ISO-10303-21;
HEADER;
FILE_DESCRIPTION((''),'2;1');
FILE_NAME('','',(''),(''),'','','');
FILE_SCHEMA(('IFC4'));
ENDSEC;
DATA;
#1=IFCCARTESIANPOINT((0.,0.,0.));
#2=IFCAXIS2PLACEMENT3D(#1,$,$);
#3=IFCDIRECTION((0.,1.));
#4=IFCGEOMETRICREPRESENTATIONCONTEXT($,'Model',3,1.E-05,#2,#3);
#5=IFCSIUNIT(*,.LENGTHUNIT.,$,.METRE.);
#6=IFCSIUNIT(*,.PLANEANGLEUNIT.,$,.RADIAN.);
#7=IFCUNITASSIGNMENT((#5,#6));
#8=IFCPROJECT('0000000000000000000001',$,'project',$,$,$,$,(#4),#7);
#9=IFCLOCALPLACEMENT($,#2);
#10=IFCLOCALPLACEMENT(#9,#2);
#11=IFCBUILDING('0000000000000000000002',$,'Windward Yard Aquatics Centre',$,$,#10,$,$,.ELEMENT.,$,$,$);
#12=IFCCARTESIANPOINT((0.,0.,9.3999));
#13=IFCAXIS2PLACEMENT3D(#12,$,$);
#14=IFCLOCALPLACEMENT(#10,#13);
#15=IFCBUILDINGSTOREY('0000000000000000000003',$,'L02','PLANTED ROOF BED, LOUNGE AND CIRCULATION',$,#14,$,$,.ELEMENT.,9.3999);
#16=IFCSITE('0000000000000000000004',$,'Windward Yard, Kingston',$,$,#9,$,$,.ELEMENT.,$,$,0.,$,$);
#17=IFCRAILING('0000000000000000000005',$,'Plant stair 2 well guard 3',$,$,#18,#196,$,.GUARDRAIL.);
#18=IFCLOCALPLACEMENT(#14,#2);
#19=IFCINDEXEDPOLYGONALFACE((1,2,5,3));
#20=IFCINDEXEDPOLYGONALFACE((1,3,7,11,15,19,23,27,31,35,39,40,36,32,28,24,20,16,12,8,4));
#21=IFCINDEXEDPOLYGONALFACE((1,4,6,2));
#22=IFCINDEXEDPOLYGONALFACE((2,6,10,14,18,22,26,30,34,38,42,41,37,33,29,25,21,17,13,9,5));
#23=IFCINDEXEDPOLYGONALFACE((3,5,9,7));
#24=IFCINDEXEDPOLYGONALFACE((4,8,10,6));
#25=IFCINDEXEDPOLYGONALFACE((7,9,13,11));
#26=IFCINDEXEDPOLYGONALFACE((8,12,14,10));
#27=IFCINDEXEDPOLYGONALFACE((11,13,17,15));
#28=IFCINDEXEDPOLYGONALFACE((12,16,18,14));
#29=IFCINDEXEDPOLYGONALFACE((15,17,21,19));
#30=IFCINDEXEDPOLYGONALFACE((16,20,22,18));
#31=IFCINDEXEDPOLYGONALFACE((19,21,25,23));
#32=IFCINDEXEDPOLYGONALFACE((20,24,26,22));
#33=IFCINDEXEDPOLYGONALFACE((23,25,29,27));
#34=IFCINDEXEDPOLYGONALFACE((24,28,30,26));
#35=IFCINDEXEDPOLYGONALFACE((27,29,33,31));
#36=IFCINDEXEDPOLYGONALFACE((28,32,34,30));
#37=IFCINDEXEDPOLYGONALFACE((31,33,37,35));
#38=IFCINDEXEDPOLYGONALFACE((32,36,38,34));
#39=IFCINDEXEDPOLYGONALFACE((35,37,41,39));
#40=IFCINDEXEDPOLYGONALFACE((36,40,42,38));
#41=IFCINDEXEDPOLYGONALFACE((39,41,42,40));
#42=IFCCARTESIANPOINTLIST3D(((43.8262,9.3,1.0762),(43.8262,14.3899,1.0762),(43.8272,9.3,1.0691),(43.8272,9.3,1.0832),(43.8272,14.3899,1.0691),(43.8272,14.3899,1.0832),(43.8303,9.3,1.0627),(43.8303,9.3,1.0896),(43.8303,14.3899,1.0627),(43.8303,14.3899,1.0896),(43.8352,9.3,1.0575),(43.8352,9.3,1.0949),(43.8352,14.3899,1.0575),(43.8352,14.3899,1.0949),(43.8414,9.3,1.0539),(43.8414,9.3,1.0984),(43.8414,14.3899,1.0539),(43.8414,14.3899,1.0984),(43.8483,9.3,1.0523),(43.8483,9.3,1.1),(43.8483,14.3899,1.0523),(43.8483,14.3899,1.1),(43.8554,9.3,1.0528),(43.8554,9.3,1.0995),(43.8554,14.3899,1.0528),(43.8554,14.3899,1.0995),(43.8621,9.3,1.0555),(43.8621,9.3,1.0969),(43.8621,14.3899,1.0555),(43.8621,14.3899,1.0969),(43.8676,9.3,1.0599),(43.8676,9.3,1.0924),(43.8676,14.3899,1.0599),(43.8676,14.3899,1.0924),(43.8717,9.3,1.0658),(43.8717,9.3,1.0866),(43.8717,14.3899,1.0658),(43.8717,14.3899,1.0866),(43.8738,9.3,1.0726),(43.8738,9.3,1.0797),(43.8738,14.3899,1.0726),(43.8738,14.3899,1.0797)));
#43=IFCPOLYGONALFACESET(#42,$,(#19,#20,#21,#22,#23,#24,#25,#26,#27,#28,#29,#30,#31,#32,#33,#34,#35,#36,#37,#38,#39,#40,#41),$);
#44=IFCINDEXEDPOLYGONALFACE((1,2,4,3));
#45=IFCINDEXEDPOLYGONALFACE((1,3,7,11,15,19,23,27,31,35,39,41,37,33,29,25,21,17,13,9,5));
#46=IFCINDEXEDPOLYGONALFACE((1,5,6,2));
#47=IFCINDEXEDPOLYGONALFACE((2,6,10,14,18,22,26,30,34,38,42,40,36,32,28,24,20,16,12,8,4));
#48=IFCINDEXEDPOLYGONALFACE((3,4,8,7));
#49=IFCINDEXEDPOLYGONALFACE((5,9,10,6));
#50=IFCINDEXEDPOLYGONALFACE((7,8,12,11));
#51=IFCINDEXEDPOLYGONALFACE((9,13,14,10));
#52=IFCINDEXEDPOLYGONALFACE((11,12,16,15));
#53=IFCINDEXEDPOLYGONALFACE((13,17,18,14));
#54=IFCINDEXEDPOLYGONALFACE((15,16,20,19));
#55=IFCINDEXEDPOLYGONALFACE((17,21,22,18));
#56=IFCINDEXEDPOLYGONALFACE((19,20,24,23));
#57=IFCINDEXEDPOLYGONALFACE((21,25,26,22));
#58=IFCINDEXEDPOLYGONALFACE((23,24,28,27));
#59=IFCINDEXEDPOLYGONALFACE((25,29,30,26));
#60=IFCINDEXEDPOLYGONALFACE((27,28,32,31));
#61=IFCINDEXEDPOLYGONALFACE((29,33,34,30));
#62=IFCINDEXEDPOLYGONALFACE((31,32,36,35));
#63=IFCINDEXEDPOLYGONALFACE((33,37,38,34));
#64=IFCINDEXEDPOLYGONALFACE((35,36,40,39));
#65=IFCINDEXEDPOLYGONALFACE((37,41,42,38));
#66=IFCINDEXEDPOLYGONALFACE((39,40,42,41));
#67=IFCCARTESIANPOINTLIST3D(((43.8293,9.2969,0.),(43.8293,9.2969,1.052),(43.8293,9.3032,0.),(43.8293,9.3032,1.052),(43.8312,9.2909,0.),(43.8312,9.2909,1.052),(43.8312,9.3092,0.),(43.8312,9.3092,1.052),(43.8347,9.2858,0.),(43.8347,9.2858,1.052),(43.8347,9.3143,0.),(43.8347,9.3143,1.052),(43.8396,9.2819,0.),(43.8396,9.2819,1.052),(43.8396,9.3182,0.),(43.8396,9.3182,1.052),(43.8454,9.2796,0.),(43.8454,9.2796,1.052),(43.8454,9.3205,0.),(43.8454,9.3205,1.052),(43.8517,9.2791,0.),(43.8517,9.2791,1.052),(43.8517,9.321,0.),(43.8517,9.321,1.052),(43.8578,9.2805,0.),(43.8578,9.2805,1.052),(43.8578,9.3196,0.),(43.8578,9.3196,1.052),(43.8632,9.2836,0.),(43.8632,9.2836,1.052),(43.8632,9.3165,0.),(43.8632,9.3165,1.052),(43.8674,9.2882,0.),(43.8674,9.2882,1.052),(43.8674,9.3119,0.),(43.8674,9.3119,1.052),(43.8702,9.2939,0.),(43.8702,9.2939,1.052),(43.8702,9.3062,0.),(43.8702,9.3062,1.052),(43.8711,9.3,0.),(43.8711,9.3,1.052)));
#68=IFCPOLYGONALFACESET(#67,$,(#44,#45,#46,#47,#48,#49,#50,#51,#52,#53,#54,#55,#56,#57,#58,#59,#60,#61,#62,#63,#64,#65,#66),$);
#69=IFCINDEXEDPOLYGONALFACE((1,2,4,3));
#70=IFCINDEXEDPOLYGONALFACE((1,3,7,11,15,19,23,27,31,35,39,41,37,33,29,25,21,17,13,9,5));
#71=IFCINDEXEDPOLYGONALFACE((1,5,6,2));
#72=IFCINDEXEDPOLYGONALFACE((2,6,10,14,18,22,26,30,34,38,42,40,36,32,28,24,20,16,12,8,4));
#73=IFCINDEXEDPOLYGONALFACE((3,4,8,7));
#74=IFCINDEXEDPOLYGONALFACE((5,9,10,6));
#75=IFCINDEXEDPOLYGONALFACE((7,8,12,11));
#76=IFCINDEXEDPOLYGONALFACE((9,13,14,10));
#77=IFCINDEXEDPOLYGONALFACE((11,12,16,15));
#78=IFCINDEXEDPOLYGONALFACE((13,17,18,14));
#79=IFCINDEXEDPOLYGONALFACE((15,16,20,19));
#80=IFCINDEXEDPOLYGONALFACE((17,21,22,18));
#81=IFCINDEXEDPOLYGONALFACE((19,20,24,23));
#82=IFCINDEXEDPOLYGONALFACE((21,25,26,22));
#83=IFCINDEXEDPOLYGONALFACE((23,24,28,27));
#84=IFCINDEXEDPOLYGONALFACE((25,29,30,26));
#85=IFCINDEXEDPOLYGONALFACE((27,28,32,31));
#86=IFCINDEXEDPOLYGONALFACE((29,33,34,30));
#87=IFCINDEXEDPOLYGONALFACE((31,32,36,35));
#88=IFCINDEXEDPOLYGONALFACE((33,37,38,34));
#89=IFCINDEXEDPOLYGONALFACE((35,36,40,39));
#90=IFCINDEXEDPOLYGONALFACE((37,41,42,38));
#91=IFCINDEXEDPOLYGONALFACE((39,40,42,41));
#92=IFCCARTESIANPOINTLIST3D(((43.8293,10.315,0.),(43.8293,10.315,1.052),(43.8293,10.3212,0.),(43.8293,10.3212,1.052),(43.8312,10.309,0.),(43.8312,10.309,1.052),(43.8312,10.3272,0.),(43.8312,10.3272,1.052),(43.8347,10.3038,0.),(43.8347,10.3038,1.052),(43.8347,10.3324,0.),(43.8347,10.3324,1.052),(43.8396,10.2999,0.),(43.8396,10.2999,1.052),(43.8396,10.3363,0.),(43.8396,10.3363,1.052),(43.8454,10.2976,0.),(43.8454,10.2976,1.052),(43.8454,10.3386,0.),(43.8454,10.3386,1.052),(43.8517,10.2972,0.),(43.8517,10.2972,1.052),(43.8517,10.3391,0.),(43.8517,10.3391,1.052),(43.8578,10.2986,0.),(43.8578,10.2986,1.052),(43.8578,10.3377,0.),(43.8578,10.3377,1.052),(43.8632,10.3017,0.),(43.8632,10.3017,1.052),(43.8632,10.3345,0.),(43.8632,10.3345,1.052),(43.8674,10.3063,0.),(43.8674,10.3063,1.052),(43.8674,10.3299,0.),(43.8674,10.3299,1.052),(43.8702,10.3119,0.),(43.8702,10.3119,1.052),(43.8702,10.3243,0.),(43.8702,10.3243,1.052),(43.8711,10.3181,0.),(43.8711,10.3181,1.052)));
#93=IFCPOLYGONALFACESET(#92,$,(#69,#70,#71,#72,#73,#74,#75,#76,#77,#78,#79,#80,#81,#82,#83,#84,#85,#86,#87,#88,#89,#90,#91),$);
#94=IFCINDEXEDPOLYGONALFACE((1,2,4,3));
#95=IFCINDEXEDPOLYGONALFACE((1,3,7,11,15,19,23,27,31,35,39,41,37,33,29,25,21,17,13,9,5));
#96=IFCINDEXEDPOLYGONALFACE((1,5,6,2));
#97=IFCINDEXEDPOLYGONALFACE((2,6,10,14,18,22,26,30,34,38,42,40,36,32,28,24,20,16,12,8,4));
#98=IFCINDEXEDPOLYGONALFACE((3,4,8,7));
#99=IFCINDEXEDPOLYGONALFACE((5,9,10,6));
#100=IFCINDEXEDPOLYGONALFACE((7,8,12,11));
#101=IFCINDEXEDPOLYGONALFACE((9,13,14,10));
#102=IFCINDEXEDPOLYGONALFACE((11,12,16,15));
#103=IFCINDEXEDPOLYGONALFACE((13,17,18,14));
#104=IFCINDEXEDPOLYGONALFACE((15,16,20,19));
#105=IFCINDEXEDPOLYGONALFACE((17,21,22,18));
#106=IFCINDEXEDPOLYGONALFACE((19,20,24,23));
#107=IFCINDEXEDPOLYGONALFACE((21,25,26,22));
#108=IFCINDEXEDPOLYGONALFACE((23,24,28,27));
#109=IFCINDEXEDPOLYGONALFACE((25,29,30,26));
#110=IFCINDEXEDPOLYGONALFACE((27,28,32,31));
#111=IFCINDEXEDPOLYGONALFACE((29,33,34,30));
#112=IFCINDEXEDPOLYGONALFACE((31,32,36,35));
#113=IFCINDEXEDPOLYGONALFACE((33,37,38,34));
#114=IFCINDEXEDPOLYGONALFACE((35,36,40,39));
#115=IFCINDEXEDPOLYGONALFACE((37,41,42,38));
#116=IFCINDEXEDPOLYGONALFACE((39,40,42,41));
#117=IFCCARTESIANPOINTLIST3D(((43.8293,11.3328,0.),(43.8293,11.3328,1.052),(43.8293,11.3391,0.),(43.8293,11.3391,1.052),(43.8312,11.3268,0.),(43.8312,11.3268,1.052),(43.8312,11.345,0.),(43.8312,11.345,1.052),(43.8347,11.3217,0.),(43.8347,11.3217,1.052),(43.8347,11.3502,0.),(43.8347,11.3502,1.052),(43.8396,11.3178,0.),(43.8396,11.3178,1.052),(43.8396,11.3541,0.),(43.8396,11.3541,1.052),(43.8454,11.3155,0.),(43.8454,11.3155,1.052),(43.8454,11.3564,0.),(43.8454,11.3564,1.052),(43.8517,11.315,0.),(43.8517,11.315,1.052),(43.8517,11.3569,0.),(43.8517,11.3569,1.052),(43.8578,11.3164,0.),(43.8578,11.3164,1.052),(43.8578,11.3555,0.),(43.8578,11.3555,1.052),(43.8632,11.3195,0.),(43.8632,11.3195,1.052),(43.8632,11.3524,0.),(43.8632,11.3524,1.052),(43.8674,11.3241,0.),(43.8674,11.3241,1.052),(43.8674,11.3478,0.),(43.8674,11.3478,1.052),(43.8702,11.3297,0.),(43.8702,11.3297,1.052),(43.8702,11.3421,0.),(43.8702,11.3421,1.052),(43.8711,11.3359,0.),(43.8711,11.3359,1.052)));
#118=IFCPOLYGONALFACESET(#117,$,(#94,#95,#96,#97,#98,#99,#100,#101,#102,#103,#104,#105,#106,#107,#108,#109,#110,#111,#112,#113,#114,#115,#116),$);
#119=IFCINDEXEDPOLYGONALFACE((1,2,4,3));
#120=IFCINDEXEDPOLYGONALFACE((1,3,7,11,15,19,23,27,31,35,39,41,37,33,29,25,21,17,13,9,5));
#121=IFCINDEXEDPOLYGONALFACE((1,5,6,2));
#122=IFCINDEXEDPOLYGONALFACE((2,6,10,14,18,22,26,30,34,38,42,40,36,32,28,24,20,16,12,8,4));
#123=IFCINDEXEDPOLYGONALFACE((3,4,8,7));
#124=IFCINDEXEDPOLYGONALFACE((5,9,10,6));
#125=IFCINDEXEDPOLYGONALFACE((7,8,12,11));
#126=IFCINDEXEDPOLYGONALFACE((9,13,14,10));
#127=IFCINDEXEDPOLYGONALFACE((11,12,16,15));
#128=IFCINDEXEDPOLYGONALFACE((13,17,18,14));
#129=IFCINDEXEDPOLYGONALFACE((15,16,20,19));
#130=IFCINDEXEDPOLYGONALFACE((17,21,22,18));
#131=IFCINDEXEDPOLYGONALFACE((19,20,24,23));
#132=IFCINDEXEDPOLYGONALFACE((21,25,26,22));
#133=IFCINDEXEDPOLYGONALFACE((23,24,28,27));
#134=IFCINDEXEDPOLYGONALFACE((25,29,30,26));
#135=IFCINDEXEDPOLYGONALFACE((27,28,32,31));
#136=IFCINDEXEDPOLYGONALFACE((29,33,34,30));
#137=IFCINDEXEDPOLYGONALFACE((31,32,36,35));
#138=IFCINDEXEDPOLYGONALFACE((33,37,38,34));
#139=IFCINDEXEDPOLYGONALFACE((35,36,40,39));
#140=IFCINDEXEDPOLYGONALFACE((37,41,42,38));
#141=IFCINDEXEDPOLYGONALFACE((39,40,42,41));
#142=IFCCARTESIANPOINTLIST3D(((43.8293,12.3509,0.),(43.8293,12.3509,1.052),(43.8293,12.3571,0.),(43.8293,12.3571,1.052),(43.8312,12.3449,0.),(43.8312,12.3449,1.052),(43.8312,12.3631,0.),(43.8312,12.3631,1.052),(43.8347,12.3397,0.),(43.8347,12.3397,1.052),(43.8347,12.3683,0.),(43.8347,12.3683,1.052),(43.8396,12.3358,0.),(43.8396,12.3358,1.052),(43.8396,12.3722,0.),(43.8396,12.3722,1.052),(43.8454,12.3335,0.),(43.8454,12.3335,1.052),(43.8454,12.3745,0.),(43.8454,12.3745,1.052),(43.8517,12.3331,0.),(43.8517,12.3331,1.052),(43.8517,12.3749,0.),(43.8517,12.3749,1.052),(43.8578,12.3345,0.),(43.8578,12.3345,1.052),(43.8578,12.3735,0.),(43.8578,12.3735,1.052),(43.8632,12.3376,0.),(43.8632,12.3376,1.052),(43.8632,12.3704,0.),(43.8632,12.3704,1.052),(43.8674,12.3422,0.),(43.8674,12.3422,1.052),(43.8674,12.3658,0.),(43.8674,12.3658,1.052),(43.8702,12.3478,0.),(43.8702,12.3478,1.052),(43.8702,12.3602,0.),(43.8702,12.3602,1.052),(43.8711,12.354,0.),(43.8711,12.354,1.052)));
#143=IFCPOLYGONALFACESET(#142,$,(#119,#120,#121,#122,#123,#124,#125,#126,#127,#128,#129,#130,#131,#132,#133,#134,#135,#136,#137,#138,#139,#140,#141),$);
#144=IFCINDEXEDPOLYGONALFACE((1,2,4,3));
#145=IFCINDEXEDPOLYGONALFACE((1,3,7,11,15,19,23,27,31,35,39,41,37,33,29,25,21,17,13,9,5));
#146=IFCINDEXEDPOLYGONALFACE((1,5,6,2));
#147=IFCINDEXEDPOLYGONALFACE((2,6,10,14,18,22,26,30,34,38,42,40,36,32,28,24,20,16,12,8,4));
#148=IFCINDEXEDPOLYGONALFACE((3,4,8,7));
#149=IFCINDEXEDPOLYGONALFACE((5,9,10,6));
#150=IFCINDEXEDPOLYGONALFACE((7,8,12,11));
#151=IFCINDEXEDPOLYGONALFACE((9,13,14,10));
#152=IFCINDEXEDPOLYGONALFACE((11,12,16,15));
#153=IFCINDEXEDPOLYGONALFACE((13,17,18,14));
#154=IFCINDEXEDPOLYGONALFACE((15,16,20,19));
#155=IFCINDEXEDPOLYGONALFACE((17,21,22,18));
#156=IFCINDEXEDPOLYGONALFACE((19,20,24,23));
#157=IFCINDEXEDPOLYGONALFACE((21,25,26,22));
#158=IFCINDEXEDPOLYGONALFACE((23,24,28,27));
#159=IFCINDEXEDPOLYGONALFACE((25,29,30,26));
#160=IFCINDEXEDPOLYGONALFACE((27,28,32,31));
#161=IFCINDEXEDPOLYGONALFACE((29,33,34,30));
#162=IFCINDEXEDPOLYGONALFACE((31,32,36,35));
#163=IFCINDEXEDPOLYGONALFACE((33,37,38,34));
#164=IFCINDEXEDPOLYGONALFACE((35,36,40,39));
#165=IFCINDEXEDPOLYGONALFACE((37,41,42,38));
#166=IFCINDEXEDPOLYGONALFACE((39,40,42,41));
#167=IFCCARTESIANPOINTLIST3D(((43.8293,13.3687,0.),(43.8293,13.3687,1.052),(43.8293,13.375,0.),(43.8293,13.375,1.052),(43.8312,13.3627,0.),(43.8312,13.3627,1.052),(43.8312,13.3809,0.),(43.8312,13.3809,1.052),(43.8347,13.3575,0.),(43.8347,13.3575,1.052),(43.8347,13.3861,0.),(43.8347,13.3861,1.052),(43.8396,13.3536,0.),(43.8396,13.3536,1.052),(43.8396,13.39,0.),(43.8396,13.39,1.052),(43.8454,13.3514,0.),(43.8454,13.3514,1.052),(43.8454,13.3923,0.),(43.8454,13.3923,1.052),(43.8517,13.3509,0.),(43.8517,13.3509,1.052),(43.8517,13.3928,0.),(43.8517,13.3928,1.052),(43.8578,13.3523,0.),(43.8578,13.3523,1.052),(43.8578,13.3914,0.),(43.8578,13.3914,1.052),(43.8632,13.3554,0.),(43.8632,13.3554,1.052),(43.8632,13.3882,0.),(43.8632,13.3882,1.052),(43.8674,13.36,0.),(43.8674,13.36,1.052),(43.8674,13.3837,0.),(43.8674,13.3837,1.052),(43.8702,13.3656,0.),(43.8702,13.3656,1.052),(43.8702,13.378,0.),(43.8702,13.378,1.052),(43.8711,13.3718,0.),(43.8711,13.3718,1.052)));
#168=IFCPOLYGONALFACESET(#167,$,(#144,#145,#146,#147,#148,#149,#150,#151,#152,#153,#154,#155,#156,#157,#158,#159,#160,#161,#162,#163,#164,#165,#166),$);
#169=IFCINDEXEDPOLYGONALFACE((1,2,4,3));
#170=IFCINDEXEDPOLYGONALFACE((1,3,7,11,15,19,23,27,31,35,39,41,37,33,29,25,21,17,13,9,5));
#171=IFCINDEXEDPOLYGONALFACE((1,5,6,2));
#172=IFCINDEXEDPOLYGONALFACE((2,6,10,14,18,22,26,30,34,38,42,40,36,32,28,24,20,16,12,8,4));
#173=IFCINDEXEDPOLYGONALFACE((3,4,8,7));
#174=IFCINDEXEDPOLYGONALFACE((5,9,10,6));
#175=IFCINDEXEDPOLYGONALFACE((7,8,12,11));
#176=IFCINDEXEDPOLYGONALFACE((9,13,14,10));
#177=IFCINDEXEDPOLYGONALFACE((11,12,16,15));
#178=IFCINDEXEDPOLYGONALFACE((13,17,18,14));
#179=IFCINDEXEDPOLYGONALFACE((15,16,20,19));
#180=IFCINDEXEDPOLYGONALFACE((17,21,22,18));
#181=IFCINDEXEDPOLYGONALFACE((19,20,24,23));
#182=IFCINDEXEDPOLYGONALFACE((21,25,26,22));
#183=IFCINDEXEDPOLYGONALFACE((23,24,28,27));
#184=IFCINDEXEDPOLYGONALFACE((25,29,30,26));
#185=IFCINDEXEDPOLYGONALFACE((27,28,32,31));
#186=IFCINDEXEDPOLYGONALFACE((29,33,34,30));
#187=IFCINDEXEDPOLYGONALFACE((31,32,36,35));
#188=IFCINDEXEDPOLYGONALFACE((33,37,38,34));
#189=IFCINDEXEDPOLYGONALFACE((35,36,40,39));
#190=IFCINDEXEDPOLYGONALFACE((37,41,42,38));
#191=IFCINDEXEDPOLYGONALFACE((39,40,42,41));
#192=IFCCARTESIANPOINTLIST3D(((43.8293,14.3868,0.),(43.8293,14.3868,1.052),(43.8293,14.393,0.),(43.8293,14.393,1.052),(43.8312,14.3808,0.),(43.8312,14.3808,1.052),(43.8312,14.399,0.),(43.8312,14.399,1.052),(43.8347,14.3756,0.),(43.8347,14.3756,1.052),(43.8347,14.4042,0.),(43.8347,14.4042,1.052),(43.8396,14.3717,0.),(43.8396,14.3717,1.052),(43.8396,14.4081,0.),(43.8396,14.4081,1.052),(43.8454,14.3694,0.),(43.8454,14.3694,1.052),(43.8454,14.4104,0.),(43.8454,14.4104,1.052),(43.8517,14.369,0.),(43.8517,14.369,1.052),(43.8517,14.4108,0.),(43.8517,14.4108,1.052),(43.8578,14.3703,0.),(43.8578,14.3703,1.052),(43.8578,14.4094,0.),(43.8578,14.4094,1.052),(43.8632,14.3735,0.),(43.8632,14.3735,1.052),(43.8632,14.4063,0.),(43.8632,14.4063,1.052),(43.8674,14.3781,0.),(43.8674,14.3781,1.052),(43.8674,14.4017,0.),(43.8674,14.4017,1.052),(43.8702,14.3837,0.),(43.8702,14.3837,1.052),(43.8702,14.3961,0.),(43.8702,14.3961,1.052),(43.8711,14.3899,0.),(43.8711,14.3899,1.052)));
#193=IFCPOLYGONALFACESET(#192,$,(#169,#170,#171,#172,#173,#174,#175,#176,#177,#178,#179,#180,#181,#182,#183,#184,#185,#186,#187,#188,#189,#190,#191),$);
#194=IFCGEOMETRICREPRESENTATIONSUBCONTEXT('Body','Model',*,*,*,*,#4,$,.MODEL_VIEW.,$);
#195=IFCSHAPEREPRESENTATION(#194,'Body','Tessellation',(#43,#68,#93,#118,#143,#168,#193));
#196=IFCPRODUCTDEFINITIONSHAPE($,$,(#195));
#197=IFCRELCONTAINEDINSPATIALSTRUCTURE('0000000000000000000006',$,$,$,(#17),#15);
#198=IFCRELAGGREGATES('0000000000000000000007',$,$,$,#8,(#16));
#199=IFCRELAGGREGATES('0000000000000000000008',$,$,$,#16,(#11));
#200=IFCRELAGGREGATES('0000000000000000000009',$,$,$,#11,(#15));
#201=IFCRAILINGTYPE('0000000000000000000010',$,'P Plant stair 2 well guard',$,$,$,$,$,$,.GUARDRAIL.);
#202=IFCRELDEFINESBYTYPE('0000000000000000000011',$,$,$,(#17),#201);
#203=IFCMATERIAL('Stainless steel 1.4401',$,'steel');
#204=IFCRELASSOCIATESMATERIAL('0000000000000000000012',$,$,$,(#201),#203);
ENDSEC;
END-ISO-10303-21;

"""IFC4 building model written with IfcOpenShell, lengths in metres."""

from ifc_helpers import new_model, si_unit, direction, frame, origin, origin_2d, place, context, subcontext, project, spatial, circle, extrude, material, type_object, element, save


model = new_model("IFC4")

# Units and contexts
model_context = context("Model", 3, precision=1e-05, world=origin(), true_north=direction((0.0, 1.0)))
body_context = subcontext(model_context, "Body", "Model", "MODEL_VIEW")
ifc_project = project(units=[si_unit("LENGTHUNIT", "METRE"), si_unit("PLANEANGLEUNIT", "RADIAN")], contexts=[model_context])

# Site, building, storey
site_placement = place(None, origin())
site = spatial("IfcSite", under=ifc_project, at=site_placement, Name="Windward Yard, Kingston", CompositionType="ELEMENT", RefElevation=0.0)
building_placement = place(site_placement, origin())
building = spatial("IfcBuilding", under=site, at=building_placement, Name="Windward Yard Aquatics Centre", CompositionType="ELEMENT")
storey_placement = place(building_placement, frame((0.0, 0.0, 9.3999)))
storey = spatial("IfcBuildingStorey", under=building, at=storey_placement, Name="L02", Description="PLANTED ROOF BED, LOUNGE AND CIRCULATION", CompositionType="ELEMENT", Elevation=9.3999)

# Railing
ifc_material_1 = material(Name="Stainless steel 1.4401", Category="steel")
railing_type_1 = type_object("IfcRailingType", Name="P Plant stair 2 well guard", PredefinedType="GUARDRAIL", material=ifc_material_1)
railing_1_placement = place(storey_placement, frame((43.8501, 9.3, 0.0)))
element("IfcRailing", 1, at=railing_1_placement, inside=storey, type_object=railing_type_1, Name="Plant stair 2 well guard 3", PredefinedType="GUARDRAIL", context=body_context, shape_type="SweptSolid", body=[
    extrude(circle(Radius=0.0239, at=origin_2d()), frame((0.0, 0.0, 1.0762), z_axis=(0.0, 1.0, 0.0), x_axis=(-1.0, 0.0, 0.0)), (0.0, 0.0, 1.0), 5.0898),
    extrude(circle(Radius=0.021, at=origin_2d()), origin(), (0.0, 0.0, 1.0), 1.052),
    extrude(circle(Radius=0.021, at=origin_2d()), frame((0.0, 1.0181, 0.0)), (0.0, 0.0, 1.0), 1.052),
    extrude(circle(Radius=0.021, at=origin_2d()), frame((0.0, 2.0359, 0.0)), (0.0, 0.0, 1.0), 1.052),
    extrude(circle(Radius=0.021, at=origin_2d()), frame((0.0, 3.054, 0.0)), (0.0, 0.0, 1.0), 1.052),
    extrude(circle(Radius=0.021, at=origin_2d()), frame((0.0, 4.0718, 0.0)), (0.0, 0.0, 1.0), 1.052),
    extrude(circle(Radius=0.021, at=origin_2d()), frame((0.0, 5.0898, 0.0)), (0.0, 0.0, 1.0), 1.052),
])

save(model, "model.ifc")
